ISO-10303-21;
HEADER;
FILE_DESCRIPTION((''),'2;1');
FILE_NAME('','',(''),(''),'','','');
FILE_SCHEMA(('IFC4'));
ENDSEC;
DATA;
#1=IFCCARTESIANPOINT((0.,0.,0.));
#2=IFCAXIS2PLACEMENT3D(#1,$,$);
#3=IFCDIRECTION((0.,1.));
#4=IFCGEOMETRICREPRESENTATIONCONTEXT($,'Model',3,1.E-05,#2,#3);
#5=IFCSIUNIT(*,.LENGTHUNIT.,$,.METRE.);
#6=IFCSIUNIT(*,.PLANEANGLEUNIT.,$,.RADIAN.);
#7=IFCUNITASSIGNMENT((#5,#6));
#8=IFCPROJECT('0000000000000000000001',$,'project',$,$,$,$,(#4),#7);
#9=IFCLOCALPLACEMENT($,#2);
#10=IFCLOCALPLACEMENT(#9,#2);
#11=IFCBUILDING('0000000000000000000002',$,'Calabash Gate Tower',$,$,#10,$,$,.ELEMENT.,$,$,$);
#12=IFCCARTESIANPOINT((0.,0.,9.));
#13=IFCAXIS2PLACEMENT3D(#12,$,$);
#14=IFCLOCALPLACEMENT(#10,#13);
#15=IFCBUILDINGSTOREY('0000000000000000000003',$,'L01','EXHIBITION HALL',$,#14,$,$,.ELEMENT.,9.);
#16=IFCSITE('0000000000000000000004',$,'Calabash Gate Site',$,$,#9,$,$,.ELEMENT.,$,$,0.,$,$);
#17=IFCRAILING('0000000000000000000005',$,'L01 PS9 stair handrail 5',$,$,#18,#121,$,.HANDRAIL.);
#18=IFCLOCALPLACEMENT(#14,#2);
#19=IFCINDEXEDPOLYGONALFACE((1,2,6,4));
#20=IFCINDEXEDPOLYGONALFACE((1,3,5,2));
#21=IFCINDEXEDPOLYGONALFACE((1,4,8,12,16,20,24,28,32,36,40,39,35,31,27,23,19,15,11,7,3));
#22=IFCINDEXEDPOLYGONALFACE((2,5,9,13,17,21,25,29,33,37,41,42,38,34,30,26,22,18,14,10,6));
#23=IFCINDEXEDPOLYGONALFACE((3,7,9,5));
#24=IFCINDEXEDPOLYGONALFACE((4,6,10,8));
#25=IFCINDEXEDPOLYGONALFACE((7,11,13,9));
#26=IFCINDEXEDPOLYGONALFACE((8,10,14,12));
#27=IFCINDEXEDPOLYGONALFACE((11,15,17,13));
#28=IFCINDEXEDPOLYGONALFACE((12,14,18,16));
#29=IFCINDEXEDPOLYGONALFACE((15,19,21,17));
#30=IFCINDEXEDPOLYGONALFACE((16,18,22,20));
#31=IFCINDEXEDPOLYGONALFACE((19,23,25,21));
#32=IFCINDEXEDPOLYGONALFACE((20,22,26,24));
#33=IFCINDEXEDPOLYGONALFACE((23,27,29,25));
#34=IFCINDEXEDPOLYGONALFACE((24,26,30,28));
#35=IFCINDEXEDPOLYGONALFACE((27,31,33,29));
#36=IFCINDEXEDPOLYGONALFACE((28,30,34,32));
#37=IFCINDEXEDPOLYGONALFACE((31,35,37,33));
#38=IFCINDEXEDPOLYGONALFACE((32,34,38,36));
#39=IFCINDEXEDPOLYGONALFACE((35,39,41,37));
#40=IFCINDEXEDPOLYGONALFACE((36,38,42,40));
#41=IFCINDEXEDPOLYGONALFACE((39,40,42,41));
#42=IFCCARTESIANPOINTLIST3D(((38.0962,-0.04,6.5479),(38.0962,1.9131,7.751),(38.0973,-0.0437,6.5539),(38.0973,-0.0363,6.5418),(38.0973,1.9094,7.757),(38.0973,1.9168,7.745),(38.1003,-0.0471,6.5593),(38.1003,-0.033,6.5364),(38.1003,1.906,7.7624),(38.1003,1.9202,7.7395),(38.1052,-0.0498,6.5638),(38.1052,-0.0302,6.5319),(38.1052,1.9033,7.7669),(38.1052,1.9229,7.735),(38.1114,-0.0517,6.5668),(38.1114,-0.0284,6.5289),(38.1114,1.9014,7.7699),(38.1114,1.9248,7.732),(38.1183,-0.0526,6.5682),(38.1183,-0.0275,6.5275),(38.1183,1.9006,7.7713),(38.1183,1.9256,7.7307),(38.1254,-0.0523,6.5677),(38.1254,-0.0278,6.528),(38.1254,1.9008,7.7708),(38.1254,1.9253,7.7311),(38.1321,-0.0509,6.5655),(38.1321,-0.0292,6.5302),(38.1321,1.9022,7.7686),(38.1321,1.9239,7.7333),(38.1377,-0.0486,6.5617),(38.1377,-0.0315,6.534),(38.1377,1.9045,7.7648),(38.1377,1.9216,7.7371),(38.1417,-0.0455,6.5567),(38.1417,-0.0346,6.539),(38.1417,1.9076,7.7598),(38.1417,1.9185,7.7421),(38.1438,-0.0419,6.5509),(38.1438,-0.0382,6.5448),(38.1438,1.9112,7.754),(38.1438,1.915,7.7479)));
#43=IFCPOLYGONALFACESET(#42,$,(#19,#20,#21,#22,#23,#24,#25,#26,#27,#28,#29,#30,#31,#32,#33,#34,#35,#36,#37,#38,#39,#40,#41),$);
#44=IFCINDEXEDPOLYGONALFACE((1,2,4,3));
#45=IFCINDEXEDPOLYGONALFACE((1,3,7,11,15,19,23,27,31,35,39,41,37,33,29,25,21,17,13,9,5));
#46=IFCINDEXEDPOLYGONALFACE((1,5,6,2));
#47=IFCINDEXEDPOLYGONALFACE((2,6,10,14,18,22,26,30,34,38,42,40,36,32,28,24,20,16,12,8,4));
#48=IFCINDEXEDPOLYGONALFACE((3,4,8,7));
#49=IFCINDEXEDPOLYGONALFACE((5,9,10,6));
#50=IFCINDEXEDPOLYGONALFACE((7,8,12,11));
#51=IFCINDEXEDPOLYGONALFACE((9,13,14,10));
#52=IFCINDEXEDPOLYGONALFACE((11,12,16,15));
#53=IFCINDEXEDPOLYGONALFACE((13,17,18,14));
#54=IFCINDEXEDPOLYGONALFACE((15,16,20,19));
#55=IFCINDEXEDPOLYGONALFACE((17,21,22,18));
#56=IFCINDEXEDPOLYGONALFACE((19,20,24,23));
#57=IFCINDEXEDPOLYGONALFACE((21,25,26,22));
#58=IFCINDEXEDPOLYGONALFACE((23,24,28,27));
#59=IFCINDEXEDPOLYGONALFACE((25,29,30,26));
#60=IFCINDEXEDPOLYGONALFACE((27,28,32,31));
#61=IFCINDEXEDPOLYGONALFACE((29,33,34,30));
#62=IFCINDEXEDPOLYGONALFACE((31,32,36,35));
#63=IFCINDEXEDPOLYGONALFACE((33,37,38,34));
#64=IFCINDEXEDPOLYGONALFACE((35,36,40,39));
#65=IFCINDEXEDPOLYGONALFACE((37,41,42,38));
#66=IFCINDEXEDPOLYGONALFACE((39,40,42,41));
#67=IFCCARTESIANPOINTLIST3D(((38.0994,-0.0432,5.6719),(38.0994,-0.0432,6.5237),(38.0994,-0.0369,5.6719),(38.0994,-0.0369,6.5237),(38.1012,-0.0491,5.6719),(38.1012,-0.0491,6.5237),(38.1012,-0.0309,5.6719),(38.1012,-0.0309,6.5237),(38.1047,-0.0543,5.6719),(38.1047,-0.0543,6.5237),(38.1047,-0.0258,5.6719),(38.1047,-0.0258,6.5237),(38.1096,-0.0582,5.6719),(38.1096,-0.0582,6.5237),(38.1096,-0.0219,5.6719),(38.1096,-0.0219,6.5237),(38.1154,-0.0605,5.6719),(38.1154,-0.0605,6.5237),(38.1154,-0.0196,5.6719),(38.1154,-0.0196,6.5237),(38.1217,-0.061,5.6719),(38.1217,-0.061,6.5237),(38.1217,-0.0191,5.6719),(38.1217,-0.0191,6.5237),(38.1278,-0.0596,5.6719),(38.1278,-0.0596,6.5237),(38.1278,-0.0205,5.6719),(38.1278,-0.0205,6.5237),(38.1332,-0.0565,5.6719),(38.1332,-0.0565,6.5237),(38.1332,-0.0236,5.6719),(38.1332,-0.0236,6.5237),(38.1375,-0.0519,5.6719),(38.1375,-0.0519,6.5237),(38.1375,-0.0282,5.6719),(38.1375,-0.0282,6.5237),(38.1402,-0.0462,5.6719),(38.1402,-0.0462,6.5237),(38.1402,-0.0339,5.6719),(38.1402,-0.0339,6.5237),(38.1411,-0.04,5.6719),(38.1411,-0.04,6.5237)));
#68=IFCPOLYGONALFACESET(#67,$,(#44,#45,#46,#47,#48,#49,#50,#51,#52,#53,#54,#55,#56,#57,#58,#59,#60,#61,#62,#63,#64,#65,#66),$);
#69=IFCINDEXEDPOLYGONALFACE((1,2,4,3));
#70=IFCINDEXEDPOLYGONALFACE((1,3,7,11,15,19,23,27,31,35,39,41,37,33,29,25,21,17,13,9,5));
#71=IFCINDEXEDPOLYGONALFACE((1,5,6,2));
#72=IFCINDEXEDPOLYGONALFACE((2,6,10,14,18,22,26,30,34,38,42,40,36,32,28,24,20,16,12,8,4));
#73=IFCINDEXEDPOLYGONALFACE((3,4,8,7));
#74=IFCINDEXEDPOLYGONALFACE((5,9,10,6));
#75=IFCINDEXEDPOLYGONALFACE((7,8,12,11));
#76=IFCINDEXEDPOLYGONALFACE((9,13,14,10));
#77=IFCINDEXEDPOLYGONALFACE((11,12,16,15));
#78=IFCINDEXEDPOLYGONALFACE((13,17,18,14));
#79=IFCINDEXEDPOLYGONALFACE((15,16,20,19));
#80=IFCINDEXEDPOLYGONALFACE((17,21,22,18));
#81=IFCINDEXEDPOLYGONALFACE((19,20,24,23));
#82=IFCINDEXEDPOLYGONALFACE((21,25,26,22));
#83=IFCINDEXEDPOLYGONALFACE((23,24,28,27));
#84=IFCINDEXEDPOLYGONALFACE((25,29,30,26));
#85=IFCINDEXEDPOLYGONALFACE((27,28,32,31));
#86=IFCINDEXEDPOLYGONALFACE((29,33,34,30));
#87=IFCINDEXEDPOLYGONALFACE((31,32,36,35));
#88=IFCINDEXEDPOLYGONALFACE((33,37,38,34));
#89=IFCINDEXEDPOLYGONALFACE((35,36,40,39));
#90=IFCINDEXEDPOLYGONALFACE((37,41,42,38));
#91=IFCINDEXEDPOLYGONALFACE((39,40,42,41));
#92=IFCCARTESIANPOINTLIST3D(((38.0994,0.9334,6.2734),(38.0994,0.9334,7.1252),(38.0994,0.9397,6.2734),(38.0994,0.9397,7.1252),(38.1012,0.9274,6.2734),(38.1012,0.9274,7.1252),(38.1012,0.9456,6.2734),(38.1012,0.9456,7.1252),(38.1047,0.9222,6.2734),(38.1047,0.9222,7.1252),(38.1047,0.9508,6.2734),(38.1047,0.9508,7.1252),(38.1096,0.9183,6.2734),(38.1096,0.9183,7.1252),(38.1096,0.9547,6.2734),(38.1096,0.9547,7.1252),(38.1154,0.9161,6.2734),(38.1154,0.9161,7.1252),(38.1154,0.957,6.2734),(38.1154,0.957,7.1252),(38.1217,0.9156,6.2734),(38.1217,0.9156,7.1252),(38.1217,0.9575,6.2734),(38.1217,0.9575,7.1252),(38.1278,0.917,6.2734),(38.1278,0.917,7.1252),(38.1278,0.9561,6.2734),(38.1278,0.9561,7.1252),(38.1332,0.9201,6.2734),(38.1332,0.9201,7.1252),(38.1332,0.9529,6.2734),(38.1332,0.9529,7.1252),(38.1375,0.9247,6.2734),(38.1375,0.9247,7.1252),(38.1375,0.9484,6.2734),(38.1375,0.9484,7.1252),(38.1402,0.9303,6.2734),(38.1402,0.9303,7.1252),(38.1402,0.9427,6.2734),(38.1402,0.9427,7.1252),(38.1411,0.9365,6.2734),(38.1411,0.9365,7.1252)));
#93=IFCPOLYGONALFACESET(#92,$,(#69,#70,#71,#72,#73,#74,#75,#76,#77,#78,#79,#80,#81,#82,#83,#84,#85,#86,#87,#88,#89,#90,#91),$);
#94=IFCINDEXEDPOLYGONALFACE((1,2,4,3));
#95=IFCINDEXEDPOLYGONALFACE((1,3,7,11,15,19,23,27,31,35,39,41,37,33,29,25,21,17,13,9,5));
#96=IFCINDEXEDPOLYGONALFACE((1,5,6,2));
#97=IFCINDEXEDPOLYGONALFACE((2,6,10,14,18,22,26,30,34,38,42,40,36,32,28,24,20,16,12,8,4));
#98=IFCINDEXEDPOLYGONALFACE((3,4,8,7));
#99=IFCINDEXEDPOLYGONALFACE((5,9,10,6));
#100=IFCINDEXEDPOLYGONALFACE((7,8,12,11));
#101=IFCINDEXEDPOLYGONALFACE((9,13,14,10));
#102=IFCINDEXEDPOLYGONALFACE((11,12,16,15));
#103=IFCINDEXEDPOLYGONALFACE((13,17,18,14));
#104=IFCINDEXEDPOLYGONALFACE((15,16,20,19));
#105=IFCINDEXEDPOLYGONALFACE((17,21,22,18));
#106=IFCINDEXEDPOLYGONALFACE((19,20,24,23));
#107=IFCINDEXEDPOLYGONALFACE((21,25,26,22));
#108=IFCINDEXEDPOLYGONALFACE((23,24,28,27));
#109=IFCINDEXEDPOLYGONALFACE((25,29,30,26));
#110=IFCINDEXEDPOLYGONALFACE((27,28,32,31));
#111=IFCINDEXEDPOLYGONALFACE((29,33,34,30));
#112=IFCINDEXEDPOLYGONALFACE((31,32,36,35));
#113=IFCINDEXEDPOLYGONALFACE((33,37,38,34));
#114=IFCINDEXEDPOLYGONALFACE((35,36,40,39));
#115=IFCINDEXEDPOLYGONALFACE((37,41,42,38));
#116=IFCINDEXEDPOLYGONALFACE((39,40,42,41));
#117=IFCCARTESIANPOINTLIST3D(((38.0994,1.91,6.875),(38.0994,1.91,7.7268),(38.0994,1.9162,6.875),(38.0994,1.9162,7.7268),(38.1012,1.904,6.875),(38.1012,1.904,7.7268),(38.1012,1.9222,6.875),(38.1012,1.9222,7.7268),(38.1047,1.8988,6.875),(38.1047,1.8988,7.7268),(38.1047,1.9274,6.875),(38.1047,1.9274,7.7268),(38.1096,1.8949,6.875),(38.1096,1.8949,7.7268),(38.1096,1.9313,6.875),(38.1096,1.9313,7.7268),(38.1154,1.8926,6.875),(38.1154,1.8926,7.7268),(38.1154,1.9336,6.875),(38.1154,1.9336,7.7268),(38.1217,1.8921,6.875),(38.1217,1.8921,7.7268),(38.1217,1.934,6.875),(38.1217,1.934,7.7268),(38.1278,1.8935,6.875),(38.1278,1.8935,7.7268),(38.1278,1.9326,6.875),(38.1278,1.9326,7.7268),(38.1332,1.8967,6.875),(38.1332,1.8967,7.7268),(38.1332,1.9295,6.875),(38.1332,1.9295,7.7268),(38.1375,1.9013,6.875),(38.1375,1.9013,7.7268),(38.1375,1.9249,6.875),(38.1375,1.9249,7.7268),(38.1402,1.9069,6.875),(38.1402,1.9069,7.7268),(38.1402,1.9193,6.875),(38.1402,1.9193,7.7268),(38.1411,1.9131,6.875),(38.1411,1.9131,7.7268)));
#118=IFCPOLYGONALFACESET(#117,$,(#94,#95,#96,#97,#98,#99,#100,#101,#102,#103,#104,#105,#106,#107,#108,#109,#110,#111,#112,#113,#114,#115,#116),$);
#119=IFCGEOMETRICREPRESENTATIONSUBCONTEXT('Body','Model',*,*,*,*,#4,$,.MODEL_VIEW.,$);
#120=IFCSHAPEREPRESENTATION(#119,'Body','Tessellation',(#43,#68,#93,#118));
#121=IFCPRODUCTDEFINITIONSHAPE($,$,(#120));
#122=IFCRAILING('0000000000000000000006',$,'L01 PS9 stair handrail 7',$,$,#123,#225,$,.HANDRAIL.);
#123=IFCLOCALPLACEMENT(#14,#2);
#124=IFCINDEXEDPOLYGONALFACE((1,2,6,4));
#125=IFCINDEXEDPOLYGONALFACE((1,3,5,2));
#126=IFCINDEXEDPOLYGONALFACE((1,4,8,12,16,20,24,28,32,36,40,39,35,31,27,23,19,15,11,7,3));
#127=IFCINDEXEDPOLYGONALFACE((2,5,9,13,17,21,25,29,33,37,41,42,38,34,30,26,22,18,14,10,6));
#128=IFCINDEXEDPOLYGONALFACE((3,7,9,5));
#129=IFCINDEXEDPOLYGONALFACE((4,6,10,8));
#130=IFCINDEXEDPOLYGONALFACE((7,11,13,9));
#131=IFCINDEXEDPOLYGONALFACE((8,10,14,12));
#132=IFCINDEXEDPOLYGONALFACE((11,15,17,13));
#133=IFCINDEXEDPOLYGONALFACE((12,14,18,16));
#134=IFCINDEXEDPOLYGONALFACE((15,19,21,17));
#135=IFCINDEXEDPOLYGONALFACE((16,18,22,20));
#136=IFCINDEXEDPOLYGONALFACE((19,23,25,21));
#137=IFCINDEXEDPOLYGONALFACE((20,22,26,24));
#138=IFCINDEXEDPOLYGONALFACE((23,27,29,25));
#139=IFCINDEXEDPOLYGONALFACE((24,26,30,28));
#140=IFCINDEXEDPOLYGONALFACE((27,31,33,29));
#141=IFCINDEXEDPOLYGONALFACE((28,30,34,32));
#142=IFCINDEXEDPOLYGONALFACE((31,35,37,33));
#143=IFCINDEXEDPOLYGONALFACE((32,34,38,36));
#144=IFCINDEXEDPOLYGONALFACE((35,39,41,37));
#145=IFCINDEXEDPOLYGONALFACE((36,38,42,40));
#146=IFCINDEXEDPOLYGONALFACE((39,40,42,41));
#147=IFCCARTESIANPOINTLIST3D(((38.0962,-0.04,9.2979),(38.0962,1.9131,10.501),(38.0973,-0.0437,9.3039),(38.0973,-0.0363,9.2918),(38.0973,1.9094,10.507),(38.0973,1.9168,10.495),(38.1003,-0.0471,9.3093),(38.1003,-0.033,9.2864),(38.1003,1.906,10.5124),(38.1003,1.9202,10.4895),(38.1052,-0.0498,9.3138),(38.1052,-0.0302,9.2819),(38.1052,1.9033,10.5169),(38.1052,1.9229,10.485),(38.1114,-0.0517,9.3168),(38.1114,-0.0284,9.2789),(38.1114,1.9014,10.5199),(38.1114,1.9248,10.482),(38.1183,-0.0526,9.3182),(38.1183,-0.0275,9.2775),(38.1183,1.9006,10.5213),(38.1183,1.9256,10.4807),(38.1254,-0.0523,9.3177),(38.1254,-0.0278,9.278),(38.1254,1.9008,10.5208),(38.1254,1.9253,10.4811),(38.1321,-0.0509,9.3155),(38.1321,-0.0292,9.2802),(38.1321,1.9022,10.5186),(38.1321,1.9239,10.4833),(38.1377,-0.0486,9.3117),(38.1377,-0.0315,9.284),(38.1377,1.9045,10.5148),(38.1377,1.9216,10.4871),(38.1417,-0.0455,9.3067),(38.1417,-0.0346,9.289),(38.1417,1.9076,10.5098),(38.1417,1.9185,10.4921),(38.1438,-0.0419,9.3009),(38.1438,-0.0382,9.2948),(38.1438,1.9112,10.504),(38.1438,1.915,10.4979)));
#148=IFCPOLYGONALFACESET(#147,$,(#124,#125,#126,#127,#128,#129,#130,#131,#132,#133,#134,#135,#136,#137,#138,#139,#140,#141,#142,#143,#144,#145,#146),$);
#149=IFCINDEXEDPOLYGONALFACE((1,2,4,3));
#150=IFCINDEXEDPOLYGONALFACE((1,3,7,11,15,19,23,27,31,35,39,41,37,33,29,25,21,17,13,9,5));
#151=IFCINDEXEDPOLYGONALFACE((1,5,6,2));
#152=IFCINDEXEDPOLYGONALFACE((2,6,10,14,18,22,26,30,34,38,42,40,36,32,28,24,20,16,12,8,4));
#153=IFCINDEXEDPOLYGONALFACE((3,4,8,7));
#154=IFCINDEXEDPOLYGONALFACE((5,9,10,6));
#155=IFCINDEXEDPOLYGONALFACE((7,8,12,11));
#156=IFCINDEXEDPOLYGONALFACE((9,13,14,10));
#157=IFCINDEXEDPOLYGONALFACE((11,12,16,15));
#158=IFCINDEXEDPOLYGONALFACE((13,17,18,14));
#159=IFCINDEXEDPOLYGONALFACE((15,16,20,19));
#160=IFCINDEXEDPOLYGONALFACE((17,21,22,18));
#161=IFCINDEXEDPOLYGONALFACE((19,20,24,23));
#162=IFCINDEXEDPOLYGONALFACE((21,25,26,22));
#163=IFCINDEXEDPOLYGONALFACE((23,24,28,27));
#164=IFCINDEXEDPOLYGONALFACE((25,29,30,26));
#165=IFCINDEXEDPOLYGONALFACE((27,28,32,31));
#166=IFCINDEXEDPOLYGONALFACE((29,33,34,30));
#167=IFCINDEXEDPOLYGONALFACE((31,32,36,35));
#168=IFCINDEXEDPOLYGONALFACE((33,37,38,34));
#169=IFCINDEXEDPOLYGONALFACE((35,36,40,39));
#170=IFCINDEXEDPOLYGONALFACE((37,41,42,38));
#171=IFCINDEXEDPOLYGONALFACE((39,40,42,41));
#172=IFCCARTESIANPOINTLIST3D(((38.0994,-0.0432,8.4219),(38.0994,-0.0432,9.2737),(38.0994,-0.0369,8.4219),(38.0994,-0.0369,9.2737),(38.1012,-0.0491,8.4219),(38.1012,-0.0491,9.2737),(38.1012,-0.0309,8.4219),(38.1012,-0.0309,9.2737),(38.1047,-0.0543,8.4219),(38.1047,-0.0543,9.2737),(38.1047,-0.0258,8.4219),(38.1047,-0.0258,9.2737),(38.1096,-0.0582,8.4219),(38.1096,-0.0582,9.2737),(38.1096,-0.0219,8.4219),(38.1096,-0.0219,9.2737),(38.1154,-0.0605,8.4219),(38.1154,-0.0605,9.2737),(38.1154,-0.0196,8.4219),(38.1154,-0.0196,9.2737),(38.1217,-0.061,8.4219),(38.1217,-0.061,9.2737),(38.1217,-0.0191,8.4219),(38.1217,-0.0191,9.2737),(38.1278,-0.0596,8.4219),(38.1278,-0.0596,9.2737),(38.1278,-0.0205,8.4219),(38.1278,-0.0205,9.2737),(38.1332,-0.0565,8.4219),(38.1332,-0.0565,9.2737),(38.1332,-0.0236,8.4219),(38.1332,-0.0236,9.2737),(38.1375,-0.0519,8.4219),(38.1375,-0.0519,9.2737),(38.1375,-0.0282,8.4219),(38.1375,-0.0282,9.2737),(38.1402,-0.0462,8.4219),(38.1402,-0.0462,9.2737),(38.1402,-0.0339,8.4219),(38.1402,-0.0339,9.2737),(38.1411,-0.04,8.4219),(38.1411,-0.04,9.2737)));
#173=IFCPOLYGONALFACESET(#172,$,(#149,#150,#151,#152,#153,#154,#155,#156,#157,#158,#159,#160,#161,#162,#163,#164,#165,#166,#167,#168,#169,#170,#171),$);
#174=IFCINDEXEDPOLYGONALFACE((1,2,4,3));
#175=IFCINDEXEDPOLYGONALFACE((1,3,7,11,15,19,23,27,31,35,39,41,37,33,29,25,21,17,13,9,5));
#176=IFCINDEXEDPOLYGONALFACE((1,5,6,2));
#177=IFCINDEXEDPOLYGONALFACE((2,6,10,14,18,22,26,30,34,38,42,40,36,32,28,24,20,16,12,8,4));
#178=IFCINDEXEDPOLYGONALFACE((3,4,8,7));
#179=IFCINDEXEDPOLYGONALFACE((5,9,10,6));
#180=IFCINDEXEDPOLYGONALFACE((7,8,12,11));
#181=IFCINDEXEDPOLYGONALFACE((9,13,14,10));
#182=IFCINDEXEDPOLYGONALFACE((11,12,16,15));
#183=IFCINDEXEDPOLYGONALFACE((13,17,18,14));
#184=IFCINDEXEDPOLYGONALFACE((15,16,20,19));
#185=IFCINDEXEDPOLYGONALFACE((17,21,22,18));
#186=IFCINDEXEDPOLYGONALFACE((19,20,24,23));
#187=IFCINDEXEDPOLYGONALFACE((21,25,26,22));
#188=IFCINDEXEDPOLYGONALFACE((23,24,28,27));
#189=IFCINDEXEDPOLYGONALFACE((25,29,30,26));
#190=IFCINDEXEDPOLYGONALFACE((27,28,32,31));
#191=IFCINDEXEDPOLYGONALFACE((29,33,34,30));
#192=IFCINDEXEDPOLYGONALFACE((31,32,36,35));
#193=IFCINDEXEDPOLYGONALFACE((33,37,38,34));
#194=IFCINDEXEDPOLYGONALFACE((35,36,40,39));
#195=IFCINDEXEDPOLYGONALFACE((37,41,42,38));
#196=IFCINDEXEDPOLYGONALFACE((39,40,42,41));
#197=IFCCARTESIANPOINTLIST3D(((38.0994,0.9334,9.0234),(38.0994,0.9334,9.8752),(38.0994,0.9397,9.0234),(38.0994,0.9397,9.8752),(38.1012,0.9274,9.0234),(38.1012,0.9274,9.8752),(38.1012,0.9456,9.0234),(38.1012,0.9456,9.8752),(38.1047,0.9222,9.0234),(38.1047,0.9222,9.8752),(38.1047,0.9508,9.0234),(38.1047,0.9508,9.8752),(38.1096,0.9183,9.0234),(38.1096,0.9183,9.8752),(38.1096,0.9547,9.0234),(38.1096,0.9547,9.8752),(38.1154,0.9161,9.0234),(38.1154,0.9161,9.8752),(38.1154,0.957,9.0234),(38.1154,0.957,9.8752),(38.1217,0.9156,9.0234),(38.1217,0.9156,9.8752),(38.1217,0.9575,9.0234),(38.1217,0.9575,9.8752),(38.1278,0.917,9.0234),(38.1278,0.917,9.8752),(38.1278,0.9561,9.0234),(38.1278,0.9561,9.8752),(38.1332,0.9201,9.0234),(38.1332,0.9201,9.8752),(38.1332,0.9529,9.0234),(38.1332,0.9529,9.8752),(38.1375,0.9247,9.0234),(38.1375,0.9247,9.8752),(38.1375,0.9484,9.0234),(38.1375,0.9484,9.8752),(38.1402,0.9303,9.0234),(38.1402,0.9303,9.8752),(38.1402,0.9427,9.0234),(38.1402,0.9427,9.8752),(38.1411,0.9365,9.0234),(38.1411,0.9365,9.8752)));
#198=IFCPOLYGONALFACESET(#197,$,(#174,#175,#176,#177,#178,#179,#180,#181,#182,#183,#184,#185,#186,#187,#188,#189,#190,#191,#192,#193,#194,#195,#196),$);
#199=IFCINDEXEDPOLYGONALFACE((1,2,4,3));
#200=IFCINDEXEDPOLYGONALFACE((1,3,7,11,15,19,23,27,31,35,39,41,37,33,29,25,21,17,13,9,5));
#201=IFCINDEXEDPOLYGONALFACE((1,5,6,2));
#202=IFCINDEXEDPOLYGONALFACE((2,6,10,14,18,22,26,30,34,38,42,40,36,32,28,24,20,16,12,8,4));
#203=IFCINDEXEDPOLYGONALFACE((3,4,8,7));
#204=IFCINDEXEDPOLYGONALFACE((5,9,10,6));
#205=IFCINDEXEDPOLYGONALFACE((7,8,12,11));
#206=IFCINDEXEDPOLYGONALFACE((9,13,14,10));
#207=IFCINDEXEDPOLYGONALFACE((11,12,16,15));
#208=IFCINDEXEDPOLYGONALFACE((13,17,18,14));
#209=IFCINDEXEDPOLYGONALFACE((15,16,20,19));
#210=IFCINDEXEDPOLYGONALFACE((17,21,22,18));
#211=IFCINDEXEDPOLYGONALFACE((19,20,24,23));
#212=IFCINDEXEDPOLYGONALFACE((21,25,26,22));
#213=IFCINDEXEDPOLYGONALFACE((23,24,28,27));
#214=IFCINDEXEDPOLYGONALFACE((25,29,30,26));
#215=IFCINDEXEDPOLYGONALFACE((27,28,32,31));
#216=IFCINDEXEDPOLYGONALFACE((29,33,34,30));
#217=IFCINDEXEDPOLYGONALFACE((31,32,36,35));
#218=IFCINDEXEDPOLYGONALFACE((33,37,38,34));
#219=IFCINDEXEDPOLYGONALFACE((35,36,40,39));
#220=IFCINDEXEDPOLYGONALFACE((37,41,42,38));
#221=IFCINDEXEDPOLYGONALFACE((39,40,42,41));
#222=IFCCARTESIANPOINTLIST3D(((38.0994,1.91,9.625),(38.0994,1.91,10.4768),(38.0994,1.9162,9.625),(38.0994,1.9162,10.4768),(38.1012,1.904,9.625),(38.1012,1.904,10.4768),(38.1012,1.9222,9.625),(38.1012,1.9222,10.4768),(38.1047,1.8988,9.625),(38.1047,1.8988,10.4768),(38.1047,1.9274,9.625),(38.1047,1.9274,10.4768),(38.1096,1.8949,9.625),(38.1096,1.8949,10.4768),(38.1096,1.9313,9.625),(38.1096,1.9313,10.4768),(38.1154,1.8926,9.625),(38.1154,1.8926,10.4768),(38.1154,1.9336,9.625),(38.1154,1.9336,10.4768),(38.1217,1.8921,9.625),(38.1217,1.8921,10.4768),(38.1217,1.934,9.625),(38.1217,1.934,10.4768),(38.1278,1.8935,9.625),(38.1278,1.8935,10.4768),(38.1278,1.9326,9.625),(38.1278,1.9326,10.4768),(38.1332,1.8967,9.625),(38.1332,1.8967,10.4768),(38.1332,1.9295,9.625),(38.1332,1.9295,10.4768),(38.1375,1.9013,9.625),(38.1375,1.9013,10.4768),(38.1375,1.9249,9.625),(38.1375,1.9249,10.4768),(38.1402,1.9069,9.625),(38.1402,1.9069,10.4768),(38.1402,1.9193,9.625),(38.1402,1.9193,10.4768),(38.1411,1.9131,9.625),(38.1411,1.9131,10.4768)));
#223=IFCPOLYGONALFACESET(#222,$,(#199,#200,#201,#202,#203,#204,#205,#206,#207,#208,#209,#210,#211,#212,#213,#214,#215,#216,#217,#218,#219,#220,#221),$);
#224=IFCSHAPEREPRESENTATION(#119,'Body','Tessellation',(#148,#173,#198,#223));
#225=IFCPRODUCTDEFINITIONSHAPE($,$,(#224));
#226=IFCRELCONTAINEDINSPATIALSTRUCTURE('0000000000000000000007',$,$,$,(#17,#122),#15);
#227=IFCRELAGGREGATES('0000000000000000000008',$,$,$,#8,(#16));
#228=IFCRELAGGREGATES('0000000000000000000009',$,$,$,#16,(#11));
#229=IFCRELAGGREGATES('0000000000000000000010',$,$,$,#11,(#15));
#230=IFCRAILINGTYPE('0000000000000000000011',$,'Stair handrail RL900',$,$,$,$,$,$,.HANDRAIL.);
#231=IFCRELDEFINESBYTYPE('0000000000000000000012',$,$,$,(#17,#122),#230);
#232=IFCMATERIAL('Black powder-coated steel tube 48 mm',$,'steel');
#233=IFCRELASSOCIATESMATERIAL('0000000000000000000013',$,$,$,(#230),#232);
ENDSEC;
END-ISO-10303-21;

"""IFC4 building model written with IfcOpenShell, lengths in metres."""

from ifc_helpers import new_model, si_unit, direction, frame, origin, origin_2d, place, context, subcontext, project, spatial, circle, extrude, material, type_object, element, save


model = new_model("IFC4")

# Units and contexts
model_context = context("Model", 3, precision=1e-05, world=origin(), true_north=direction((0.0, 1.0)))
body_context = subcontext(model_context, "Body", "Model", "MODEL_VIEW")
ifc_project = project(units=[si_unit("LENGTHUNIT", "METRE"), si_unit("PLANEANGLEUNIT", "RADIAN")], contexts=[model_context])

# Site, building, storey
site_placement = place(None, origin())
site = spatial("IfcSite", under=ifc_project, at=site_placement, Name="Calabash Gate Site", CompositionType="ELEMENT", RefElevation=0.0)
building_placement = place(site_placement, origin())
building = spatial("IfcBuilding", under=site, at=building_placement, Name="Calabash Gate Tower", CompositionType="ELEMENT")
storey_placement = place(building_placement, frame((0.0, 0.0, 9.0)))
storey = spatial("IfcBuildingStorey", under=building, at=storey_placement, Name="L01", Description="EXHIBITION HALL", CompositionType="ELEMENT", Elevation=9.0)

# Railings
ifc_material_1 = material(Name="Black powder-coated steel tube 48 mm", Category="steel")
railing_type_1 = type_object("IfcRailingType", Name="Stair handrail RL900", PredefinedType="HANDRAIL", material=ifc_material_1)
for number, where, name in (
    (1, (38.1201, -0.04, 5.6719), "L01 PS9 stair handrail 5"),
    (2, (38.1201, -0.04, 8.4219), "L01 PS9 stair handrail 7"),
):
    element("IfcRailing", number, at=place(storey_placement, frame(where)), inside=storey, type_object=railing_type_1, Name=name, PredefinedType="HANDRAIL", context=body_context, shape_type="SweptSolid", body=[
        extrude(circle(Radius=0.0239, at=origin_2d()), frame((0.0, 0.0, 0.876), z_axis=(0.0, 0.851424, 0.524477), x_axis=(-1.0, 0.0, 0.0)), (0.0, 0.0, 1.0), 2.2939),
        extrude(circle(Radius=0.021, at=origin_2d()), origin(), (0.0, 0.0, 1.0), 0.8518),
        extrude(circle(Radius=0.021, at=origin_2d()), frame((0.0, 0.9766, 0.6016)), (0.0, 0.0, 1.0), 0.8518),
        extrude(circle(Radius=0.021, at=origin_2d()), frame((0.0, 1.9531, 1.2031)), (0.0, 0.0, 1.0), 0.8518),
    ])

save(model, "model.ifc")
